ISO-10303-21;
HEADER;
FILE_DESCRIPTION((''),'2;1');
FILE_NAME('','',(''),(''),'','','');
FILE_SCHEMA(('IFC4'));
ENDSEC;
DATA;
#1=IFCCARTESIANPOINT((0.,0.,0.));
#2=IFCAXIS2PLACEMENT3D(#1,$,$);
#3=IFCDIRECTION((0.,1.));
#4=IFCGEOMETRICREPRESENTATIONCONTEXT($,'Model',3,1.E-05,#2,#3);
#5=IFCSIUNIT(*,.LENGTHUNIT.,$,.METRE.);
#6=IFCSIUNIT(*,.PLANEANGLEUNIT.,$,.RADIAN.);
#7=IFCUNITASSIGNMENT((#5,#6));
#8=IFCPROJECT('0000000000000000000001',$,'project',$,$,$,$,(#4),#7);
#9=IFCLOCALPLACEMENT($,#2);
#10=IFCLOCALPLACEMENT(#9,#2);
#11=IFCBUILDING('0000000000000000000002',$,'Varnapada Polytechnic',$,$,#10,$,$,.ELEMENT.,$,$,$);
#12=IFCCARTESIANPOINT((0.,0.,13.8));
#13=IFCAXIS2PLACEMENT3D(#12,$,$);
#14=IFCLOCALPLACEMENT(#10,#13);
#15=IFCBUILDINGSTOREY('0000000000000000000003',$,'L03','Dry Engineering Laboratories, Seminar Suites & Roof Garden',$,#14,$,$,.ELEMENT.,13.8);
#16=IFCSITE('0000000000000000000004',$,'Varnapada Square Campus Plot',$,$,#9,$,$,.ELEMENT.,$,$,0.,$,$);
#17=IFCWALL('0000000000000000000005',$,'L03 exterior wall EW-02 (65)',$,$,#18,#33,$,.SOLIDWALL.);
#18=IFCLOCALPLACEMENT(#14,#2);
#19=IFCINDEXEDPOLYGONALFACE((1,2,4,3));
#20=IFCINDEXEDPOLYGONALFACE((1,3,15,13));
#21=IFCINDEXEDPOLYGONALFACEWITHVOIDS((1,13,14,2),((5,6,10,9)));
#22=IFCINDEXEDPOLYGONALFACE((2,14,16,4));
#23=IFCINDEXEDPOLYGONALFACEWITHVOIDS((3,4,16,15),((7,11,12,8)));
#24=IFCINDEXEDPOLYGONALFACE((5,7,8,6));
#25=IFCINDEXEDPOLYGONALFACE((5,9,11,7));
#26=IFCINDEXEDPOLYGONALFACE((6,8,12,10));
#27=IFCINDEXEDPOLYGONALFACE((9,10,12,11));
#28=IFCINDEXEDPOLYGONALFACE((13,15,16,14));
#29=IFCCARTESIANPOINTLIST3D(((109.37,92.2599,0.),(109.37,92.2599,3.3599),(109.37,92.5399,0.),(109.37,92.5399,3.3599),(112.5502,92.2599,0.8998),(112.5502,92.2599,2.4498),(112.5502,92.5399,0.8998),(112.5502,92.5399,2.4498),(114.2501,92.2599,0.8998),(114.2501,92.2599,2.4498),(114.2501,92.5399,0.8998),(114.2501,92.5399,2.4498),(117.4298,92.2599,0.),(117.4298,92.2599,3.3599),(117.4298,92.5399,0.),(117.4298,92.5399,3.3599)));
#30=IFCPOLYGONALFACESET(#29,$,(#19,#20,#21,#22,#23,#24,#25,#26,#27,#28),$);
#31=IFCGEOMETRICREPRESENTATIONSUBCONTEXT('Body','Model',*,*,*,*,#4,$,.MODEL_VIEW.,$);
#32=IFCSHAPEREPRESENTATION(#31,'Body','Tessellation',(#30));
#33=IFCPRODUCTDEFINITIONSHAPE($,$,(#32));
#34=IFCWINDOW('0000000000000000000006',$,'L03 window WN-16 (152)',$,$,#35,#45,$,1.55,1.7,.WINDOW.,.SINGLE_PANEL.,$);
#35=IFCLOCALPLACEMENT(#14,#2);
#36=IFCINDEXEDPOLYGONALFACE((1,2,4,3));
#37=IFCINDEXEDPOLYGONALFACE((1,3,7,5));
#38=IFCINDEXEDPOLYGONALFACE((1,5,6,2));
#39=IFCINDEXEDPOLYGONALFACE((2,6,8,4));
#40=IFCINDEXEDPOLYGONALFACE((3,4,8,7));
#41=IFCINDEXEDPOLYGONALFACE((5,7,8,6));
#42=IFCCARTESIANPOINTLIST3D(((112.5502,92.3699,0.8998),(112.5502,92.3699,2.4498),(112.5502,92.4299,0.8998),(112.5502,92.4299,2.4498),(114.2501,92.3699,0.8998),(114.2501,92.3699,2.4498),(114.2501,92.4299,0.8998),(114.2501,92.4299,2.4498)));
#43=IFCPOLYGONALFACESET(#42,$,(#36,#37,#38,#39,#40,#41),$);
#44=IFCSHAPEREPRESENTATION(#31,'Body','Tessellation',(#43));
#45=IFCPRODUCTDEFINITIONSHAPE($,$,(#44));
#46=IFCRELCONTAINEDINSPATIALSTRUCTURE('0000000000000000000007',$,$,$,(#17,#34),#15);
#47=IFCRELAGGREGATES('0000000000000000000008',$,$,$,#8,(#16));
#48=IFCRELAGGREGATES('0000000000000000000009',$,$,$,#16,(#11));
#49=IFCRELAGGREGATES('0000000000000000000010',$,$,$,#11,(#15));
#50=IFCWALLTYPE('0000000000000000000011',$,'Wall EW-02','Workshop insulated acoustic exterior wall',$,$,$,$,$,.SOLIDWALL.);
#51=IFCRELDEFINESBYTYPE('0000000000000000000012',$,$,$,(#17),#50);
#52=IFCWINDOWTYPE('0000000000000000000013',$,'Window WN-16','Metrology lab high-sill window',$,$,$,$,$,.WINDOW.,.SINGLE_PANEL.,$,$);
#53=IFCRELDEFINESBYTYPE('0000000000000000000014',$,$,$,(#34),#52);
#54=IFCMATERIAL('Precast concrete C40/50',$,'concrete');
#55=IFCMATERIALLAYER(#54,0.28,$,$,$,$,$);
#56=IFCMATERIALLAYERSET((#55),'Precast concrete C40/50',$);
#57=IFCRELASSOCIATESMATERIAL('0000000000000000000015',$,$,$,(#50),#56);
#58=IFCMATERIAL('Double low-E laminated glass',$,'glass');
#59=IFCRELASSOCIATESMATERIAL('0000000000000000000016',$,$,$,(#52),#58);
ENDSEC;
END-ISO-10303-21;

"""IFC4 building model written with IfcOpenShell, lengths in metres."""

from ifc_helpers import new_model, si_unit, direction, frame, frame_2d, origin, place, context, subcontext, project, spatial, rectangle, extrude, material, layer, layer_set, type_object, element, fill, save


model = new_model("IFC4")

# Units and contexts
model_context = context("Model", 3, precision=1e-05, world=origin(), true_north=direction((0.0, 1.0)))
body_context = subcontext(model_context, "Body", "Model", "MODEL_VIEW")
ifc_project = project(units=[si_unit("LENGTHUNIT", "METRE"), si_unit("PLANEANGLEUNIT", "RADIAN")], contexts=[model_context])

# Site, building, storey
site_placement = place(None, origin())
site = spatial("IfcSite", under=ifc_project, at=site_placement, Name="Varnapada Square Campus Plot", CompositionType="ELEMENT", RefElevation=0.0)
building_placement = place(site_placement, origin())
building = spatial("IfcBuilding", under=site, at=building_placement, Name="Varnapada Polytechnic", CompositionType="ELEMENT")
storey_placement = place(building_placement, frame((0.0, 0.0, 13.8)))
storey = spatial("IfcBuildingStorey", under=building, at=storey_placement, Name="L03", Description="Dry Engineering Laboratories, Seminar Suites & Roof Garden", CompositionType="ELEMENT", Elevation=13.8)

# Shared definitions
ifc_material_1 = material(Name="Double low-E laminated glass", Category="glass")

# Wall, opening, window
ifc_material_2 = material(Name="Precast concrete C40/50", Category="concrete")
ifc_layer_1 = layer(ifc_material_2, 0.28)
ifc_layer_set_1 = layer_set([ifc_layer_1], Name="Precast concrete C40/50")
wall_type = type_object("IfcWallType", Name="Wall EW-02", Description="Workshop insulated acoustic exterior wall", PredefinedType="SOLIDWALL", material=ifc_layer_set_1)
wall_placement = place(storey_placement, frame((109.3701, 92.3999, 0.0), z_axis=(0.0, 0.0, 1.0), x_axis=(1.0, 0.0, 0.0)))
wall = element("IfcWall", 1, at=wall_placement, inside=storey, type_object=wall_type, Name="L03 exterior wall EW-02 (65)", PredefinedType="SOLIDWALL", context=body_context, shape_type="SweptSolid", body=[
    extrude(rectangle(XDim=8.0598, YDim=0.28, at=frame_2d((4.0298, 0.0))), origin(), (0.0, 0.0, 1.0), 3.3599),
])
opening_placement = place(wall_placement, frame((3.1799, 0.0, 0.8999)))
opening = element("IfcOpeningElement", 2, at=opening_placement, cuts=wall, PredefinedType="OPENING", context=body_context, shape_type="SweptSolid", body=[
    extrude(rectangle(XDim=1.7, YDim=1.55, at=frame_2d((0.8501, 0.7749))), frame((0.0, 0.1499, 0.0), z_axis=(0.0, -1.0, 0.0), x_axis=(1.0, 0.0, 0.0)), (0.0, 0.0, 1.0), 0.3),
])
window_type = type_object("IfcWindowType", Name="Window WN-16", Description="Metrology lab high-sill window", PartitioningType="SINGLE_PANEL", PredefinedType="WINDOW", material=ifc_material_1)
window_placement = place(opening_placement, origin())
window = element("IfcWindow", 3, at=window_placement, inside=storey, type_object=window_type, Name="L03 window WN-16 (152)", OverallHeight=1.55, OverallWidth=1.7, PartitioningType="SINGLE_PANEL", PredefinedType="WINDOW", context=body_context, shape_type="SweptSolid", body=[
    extrude(rectangle(XDim=1.7, YDim=1.55, at=frame_2d((0.8501, 0.7749))), frame((0.0, 0.03, 0.0), z_axis=(0.0, -1.0, 0.0), x_axis=(1.0, 0.0, 0.0)), (0.0, 0.0, 1.0), 0.0601),
])
fill(opening, window)

save(model, "model.ifc")
